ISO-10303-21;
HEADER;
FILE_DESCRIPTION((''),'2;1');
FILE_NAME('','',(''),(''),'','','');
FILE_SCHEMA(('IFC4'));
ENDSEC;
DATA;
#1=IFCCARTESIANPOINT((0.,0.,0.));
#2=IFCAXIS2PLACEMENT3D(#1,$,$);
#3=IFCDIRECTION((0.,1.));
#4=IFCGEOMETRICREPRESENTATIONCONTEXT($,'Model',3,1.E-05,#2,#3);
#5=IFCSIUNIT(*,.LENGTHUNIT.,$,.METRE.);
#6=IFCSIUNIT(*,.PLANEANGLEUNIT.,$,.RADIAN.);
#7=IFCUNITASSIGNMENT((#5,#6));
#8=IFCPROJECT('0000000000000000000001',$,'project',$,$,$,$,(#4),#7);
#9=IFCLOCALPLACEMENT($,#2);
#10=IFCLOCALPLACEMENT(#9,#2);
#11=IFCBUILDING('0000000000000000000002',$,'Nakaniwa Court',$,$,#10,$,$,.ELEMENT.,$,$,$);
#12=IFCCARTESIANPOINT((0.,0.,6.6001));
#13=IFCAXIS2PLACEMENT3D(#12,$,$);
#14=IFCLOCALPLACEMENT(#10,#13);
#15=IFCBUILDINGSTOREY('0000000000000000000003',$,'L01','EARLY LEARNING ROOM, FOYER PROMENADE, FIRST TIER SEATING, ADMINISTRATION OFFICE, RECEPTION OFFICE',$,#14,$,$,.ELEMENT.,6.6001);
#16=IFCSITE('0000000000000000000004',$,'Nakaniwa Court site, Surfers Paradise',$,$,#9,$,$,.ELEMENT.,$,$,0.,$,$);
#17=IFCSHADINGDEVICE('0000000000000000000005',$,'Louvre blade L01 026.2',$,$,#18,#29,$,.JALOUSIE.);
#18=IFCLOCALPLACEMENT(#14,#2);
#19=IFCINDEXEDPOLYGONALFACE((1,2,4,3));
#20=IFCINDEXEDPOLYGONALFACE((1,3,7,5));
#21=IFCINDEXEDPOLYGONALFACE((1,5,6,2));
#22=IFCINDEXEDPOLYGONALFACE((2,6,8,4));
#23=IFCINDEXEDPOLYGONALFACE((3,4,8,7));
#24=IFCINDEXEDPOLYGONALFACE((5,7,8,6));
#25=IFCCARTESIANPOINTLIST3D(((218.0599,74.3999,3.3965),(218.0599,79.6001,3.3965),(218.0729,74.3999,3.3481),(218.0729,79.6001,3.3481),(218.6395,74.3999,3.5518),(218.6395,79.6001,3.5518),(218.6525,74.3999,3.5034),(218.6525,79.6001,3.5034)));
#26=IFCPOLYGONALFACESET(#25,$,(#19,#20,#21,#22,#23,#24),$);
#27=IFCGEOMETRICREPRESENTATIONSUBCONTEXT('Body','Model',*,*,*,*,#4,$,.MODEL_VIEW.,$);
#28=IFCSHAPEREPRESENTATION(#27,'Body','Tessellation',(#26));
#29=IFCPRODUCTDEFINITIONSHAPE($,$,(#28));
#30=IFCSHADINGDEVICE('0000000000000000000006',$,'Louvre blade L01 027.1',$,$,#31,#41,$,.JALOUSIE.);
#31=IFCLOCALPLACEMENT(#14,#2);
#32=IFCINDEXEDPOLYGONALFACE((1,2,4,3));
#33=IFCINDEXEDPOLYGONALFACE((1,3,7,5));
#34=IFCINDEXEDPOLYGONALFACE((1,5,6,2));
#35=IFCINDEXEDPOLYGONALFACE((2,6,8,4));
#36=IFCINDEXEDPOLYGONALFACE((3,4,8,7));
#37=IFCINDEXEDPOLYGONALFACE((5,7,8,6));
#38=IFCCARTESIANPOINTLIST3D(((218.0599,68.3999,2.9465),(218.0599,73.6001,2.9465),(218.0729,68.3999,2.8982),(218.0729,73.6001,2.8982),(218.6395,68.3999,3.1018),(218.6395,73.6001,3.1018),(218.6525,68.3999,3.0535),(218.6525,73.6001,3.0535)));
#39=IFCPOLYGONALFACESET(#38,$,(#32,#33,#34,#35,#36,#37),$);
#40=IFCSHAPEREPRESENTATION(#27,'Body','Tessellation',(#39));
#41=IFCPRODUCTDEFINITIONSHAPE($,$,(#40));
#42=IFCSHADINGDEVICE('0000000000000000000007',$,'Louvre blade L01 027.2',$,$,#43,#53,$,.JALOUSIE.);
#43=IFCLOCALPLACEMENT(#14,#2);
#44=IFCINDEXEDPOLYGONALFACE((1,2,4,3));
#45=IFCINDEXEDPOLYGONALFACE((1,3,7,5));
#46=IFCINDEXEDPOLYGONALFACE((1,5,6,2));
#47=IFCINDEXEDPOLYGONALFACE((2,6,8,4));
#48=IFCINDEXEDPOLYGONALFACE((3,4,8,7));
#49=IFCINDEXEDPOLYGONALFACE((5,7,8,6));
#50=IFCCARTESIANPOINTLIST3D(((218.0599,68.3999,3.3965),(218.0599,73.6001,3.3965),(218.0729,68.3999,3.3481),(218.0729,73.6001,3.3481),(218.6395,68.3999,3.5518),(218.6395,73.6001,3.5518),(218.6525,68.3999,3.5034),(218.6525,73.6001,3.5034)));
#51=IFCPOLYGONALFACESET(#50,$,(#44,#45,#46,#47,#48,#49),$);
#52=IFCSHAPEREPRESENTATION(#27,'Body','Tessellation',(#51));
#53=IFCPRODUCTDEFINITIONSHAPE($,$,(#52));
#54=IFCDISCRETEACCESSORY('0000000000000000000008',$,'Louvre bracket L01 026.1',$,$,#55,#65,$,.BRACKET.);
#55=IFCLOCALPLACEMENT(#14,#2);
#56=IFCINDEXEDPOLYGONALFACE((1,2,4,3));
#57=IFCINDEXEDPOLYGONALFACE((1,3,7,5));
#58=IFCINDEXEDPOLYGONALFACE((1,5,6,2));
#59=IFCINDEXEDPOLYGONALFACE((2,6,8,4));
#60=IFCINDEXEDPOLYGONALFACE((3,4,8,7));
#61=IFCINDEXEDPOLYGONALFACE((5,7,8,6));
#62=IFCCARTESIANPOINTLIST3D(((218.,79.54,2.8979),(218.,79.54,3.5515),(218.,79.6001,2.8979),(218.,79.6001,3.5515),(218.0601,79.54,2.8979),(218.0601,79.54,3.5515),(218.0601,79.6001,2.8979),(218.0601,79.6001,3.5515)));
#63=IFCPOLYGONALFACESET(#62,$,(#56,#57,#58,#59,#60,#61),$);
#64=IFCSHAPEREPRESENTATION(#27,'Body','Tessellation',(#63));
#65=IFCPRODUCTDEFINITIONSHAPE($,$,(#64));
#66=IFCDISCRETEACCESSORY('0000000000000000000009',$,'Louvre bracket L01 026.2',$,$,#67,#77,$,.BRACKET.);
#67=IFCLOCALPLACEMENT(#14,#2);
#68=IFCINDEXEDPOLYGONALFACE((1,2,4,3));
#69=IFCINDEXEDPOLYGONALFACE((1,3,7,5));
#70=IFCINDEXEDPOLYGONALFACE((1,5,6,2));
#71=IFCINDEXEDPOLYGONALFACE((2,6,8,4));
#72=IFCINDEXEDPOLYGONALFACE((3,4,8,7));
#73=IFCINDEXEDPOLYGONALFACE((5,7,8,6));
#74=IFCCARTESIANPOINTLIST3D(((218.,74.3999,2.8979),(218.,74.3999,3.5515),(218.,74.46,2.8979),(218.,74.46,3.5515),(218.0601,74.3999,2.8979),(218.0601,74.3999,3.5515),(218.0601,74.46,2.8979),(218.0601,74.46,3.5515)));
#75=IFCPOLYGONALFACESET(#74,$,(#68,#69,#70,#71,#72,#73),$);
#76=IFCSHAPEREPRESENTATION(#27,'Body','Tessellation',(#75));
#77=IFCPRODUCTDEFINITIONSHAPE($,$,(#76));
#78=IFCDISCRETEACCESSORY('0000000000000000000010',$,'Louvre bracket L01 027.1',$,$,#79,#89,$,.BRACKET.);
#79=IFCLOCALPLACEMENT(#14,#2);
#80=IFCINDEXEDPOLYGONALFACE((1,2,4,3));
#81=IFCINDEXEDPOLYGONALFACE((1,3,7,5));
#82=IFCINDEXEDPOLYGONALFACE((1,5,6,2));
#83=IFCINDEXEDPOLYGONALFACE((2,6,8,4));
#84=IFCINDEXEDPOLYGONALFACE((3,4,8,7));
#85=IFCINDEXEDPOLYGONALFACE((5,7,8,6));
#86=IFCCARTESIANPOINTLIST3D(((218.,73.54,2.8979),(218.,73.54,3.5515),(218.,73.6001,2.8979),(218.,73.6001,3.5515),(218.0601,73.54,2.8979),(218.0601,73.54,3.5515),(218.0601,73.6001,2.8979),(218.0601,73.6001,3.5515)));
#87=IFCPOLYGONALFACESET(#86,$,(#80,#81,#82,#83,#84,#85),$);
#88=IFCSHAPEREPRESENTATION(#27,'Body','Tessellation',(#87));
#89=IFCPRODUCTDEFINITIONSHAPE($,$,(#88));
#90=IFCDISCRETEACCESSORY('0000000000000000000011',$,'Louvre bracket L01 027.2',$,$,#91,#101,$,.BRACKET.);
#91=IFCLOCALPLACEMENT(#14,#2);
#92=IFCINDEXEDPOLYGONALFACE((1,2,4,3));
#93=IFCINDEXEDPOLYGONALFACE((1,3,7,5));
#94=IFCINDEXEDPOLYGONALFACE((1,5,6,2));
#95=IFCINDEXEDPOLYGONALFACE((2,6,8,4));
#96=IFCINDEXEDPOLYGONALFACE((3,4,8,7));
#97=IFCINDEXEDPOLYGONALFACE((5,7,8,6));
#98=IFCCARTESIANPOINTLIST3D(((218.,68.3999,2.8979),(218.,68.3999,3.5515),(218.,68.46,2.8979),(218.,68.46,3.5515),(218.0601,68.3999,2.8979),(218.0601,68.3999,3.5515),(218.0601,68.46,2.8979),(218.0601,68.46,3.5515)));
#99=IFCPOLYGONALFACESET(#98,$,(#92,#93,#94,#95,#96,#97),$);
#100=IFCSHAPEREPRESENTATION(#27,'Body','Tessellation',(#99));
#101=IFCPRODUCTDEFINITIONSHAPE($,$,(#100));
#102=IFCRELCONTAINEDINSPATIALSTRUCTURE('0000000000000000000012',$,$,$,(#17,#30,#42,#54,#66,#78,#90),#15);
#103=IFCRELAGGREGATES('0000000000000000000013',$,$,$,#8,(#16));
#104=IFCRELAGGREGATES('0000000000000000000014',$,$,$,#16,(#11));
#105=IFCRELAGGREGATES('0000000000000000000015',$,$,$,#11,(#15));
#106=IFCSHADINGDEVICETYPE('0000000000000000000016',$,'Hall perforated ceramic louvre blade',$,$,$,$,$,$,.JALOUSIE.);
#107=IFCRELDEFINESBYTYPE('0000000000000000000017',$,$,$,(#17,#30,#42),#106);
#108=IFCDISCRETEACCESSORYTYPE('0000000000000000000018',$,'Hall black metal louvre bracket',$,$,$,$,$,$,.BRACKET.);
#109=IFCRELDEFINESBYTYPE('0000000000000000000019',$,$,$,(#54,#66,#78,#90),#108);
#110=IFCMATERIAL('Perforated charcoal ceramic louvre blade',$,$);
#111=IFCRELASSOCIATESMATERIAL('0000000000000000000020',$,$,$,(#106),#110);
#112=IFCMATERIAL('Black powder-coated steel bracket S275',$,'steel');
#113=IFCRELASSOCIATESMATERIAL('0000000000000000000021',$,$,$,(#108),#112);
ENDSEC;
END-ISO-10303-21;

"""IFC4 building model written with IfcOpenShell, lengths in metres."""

from ifc_helpers import new_model, si_unit, direction, frame, origin, origin_2d, place, context, subcontext, project, spatial, rectangle, extrude, material, material_profile, profile_set, type_object, element, save


model = new_model("IFC4")

# Units and contexts
model_context = context("Model", 3, precision=1e-05, world=origin(), true_north=direction((0.0, 1.0)))
body_context = subcontext(model_context, "Body", "Model", "MODEL_VIEW")
ifc_project = project(units=[si_unit("LENGTHUNIT", "METRE"), si_unit("PLANEANGLEUNIT", "RADIAN")], contexts=[model_context])

# Site, building, storey
site_placement = place(None, origin())
site = spatial("IfcSite", under=ifc_project, at=site_placement, Name="Nakaniwa Court site, Surfers Paradise", CompositionType="ELEMENT", RefElevation=0.0)
building_placement = place(site_placement, origin())
building = spatial("IfcBuilding", under=site, at=building_placement, Name="Nakaniwa Court", CompositionType="ELEMENT")
storey_placement = place(building_placement, frame((0.0, 0.0, 6.6001)))
storey = spatial("IfcBuildingStorey", under=building, at=storey_placement, Name="L01", Description="EARLY LEARNING ROOM, FOYER PROMENADE, FIRST TIER SEATING, ADMINISTRATION OFFICE, RECEPTION OFFICE", CompositionType="ELEMENT", Elevation=6.6001)

# Shading devices
ifc_material_1 = material(Name="Perforated charcoal ceramic louvre blade")
ifc_material_profile_1 = material_profile(ifc_material_1, rectangle(XDim=0.6001, YDim=0.05, at=origin_2d()), Name="Hall perforated ceramic louvre blade")
ifc_profile_set_1 = profile_set([ifc_material_profile_1], Name="Perforated charcoal ceramic louvre blade")
shading_device_type = type_object("IfcShadingDeviceType", Name="Hall perforated ceramic louvre blade", PredefinedType="JALOUSIE", material=ifc_profile_set_1)
for number, where, z_axis, x_axis, name in (
    (1, (218.3562, 79.6001, 3.45), (0.0, -1.0, 0.0), (0.965926, 0.0, 0.258819), "Louvre blade L01 026.2"),
    (2, (218.3562, 73.6001, 3.0), (0.0, -1.0, 0.0), (0.965926, 0.0, 0.258819), "Louvre blade L01 027.1"),
    (3, (218.3562, 73.6001, 3.45), (0.0, -1.0, 0.0), (0.965926, 0.0, 0.258819), "Louvre blade L01 027.2"),
):
    element("IfcShadingDevice", number, at=place(storey_placement, frame(where, z_axis=z_axis, x_axis=x_axis)), inside=storey, type_object=shading_device_type, Name=name, PredefinedType="JALOUSIE", context=body_context, shape_type="SweptSolid", body=[
        extrude(rectangle(XDim=0.6001, YDim=0.05, at=origin_2d()), origin(), (0.0, 0.0, 1.0), 5.2002),
    ])

# Discrete accessories
ifc_material_2 = material(Name="Black powder-coated steel bracket S275", Category="steel")
discrete_accessory_type = type_object("IfcDiscreteAccessoryType", Name="Hall black metal louvre bracket", PredefinedType="BRACKET", material=ifc_material_2)
for number, where, z_axis, x_axis, name in (
    (4, (218.03, 79.5701, 2.8979), (0.0, 0.0, 1.0), (0.0, -1.0, 0.0), "Louvre bracket L01 026.1"),
    (5, (218.03, 74.4299, 2.8979), (0.0, 0.0, 1.0), (0.0, -1.0, 0.0), "Louvre bracket L01 026.2"),
    (6, (218.03, 73.5701, 2.8979), (0.0, 0.0, 1.0), (0.0, -1.0, 0.0), "Louvre bracket L01 027.1"),
    (7, (218.03, 68.4299, 2.8979), (0.0, 0.0, 1.0), (0.0, -1.0, 0.0), "Louvre bracket L01 027.2"),
):
    element("IfcDiscreteAccessory", number, at=place(storey_placement, frame(where, z_axis=z_axis, x_axis=x_axis)), inside=storey, type_object=discrete_accessory_type, Name=name, PredefinedType="BRACKET", context=body_context, shape_type="SweptSolid", body=[
        extrude(rectangle(XDim=0.0601, YDim=0.0601, at=origin_2d()), origin(), (0.0, 0.0, 1.0), 0.6536),
    ])

save(model, "model.ifc")
